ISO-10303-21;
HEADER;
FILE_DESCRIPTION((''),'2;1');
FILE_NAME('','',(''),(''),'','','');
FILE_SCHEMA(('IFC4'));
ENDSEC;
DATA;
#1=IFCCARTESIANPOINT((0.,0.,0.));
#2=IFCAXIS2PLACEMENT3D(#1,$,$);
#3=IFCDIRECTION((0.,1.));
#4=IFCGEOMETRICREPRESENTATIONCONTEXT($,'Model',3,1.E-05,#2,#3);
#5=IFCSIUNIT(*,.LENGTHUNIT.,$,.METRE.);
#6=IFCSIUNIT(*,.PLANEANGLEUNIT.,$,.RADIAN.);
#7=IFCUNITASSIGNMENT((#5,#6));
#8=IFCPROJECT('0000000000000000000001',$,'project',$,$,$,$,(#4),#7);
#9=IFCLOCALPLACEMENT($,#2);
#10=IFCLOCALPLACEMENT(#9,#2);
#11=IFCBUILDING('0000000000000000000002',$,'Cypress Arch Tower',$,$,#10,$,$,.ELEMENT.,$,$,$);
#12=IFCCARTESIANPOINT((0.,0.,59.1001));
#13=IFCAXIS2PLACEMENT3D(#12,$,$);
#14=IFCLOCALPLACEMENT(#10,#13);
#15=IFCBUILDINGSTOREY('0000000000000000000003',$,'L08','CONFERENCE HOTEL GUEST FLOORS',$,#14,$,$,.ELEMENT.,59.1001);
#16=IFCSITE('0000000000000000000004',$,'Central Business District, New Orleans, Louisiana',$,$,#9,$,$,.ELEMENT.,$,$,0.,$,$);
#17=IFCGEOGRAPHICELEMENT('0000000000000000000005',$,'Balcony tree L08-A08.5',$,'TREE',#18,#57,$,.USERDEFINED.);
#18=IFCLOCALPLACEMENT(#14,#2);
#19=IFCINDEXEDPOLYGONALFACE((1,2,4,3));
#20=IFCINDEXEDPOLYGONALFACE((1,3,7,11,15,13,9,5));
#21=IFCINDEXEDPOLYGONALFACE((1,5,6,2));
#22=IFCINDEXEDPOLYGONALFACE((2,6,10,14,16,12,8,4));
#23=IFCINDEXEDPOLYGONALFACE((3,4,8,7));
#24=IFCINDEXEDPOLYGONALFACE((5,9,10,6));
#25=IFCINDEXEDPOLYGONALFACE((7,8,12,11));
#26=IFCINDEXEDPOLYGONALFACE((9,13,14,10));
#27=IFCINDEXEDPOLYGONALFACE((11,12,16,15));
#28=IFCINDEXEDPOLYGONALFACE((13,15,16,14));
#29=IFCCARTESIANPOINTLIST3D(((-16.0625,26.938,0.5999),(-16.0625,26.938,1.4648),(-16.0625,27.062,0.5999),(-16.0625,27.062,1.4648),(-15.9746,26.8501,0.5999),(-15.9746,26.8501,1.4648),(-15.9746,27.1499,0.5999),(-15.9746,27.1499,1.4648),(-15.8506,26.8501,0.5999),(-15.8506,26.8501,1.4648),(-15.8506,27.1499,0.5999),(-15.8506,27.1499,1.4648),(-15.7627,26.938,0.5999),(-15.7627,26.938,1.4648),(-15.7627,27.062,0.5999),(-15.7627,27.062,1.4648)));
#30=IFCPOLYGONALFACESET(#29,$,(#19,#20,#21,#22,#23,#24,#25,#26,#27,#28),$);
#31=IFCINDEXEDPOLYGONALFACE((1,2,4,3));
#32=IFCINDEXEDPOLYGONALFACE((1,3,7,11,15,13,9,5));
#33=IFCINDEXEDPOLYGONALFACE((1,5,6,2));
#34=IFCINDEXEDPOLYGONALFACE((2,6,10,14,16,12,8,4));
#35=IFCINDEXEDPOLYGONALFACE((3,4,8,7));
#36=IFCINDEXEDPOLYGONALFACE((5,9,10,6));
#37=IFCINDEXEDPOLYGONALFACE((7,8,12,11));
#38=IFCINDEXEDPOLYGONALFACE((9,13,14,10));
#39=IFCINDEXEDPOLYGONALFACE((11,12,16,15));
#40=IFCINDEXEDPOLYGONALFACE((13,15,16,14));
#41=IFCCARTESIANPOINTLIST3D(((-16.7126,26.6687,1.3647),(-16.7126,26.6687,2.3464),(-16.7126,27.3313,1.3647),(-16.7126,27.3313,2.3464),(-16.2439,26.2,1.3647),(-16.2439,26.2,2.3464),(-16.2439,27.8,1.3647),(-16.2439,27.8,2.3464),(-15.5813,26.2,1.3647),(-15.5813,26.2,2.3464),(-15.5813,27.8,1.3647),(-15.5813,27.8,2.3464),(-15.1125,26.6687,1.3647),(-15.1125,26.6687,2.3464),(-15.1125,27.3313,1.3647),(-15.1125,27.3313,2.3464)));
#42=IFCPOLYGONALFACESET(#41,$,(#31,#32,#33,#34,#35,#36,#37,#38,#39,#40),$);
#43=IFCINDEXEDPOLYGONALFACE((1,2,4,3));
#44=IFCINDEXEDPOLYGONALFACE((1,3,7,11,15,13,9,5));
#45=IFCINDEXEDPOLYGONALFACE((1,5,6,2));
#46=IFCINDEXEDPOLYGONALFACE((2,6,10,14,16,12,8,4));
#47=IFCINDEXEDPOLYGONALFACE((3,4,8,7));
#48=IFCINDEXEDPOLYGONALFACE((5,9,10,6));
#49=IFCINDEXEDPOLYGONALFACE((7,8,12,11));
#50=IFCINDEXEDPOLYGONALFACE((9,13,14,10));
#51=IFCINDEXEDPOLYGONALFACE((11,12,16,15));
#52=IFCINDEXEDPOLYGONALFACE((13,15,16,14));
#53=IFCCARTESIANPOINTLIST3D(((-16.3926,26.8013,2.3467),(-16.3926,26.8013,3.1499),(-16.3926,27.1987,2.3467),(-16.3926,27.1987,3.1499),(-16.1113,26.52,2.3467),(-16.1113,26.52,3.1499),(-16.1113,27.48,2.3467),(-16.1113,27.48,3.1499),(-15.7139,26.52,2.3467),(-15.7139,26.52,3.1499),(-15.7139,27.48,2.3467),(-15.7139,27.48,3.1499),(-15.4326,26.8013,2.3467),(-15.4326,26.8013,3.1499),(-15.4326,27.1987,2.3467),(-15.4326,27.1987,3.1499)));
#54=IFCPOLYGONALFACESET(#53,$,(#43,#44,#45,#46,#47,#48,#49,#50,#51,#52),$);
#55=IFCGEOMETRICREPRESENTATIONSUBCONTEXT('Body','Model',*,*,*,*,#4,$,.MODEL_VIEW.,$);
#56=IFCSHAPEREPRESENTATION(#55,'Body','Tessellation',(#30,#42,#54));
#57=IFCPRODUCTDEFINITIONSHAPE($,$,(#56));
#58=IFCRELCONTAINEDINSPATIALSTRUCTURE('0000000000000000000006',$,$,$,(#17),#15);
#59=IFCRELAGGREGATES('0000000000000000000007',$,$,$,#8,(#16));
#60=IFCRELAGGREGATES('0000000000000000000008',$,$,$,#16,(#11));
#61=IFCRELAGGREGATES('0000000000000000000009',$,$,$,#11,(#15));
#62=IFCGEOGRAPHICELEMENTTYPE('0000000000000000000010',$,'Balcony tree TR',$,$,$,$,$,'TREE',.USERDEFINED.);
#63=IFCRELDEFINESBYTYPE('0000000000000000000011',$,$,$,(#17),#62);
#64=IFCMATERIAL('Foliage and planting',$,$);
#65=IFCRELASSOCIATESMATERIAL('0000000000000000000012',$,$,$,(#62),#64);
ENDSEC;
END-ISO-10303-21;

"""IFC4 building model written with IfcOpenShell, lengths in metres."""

from ifc_helpers import new_model, si_unit, direction, frame, origin, place, context, subcontext, project, spatial, polyline, outline, extrude, material, type_object, element, save


model = new_model("IFC4")

# Units and contexts
model_context = context("Model", 3, precision=1e-05, world=origin(), true_north=direction((0.0, 1.0)))
body_context = subcontext(model_context, "Body", "Model", "MODEL_VIEW")
ifc_project = project(units=[si_unit("LENGTHUNIT", "METRE"), si_unit("PLANEANGLEUNIT", "RADIAN")], contexts=[model_context])

# Site, building, storey
site_placement = place(None, origin())
site = spatial("IfcSite", under=ifc_project, at=site_placement, Name="Central Business District, New Orleans, Louisiana", CompositionType="ELEMENT", RefElevation=0.0)
building_placement = place(site_placement, origin())
building = spatial("IfcBuilding", under=site, at=building_placement, Name="Cypress Arch Tower", CompositionType="ELEMENT")
storey_placement = place(building_placement, frame((0.0, 0.0, 59.1001)))
storey = spatial("IfcBuildingStorey", under=building, at=storey_placement, Name="L08", Description="CONFERENCE HOTEL GUEST FLOORS", CompositionType="ELEMENT", Elevation=59.1001)

# Geographic element
ifc_material_1 = material(Name="Foliage and planting")
geographic_element_type = type_object("IfcGeographicElementType", Name="Balcony tree TR", ElementType="TREE", PredefinedType="USERDEFINED", material=ifc_material_1)
geographic_element_placement = place(storey_placement, frame((-15.9126, 27.0, 0.5999), z_axis=(0.0, 0.0, 1.0), x_axis=(1.0, 0.0, 0.0)))
element("IfcGeographicElement", 1, at=geographic_element_placement, inside=storey, type_object=geographic_element_type, Name="Balcony tree L08-A08.5", ObjectType="TREE", PredefinedType="USERDEFINED", context=body_context, shape_type="SweptSolid", body=[
    extrude(outline(polyline([(0.1499, 0.062), (0.062, 0.1499), (-0.062, 0.1499), (-0.1499, 0.062), (-0.1499, -0.062), (-0.062, -0.1499), (0.062, -0.1499), (0.1499, -0.062), (0.1499, 0.062)])), origin(), (0.0, 0.0, 1.0), 0.865),
    extrude(outline(polyline([(0.8, 0.3313), (0.3313, 0.8), (-0.3313, 0.8), (-0.8, 0.3313), (-0.8, -0.3313), (-0.3313, -0.8), (0.3313, -0.8), (0.8, -0.3313), (0.8, 0.3313)])), frame((0.0, 0.0, 0.7649)), (0.0, 0.0, 1.0), 0.9817),
    extrude(outline(polyline([(0.48, 0.1987), (0.1987, 0.48), (-0.1987, 0.48), (-0.48, 0.1987), (-0.48, -0.1987), (-0.1987, -0.48), (0.1987, -0.48), (0.48, -0.1987), (0.48, 0.1987)])), frame((0.0, 0.0, 1.7468)), (0.0, 0.0, 1.0), 0.8032),
])

save(model, "model.ifc")
